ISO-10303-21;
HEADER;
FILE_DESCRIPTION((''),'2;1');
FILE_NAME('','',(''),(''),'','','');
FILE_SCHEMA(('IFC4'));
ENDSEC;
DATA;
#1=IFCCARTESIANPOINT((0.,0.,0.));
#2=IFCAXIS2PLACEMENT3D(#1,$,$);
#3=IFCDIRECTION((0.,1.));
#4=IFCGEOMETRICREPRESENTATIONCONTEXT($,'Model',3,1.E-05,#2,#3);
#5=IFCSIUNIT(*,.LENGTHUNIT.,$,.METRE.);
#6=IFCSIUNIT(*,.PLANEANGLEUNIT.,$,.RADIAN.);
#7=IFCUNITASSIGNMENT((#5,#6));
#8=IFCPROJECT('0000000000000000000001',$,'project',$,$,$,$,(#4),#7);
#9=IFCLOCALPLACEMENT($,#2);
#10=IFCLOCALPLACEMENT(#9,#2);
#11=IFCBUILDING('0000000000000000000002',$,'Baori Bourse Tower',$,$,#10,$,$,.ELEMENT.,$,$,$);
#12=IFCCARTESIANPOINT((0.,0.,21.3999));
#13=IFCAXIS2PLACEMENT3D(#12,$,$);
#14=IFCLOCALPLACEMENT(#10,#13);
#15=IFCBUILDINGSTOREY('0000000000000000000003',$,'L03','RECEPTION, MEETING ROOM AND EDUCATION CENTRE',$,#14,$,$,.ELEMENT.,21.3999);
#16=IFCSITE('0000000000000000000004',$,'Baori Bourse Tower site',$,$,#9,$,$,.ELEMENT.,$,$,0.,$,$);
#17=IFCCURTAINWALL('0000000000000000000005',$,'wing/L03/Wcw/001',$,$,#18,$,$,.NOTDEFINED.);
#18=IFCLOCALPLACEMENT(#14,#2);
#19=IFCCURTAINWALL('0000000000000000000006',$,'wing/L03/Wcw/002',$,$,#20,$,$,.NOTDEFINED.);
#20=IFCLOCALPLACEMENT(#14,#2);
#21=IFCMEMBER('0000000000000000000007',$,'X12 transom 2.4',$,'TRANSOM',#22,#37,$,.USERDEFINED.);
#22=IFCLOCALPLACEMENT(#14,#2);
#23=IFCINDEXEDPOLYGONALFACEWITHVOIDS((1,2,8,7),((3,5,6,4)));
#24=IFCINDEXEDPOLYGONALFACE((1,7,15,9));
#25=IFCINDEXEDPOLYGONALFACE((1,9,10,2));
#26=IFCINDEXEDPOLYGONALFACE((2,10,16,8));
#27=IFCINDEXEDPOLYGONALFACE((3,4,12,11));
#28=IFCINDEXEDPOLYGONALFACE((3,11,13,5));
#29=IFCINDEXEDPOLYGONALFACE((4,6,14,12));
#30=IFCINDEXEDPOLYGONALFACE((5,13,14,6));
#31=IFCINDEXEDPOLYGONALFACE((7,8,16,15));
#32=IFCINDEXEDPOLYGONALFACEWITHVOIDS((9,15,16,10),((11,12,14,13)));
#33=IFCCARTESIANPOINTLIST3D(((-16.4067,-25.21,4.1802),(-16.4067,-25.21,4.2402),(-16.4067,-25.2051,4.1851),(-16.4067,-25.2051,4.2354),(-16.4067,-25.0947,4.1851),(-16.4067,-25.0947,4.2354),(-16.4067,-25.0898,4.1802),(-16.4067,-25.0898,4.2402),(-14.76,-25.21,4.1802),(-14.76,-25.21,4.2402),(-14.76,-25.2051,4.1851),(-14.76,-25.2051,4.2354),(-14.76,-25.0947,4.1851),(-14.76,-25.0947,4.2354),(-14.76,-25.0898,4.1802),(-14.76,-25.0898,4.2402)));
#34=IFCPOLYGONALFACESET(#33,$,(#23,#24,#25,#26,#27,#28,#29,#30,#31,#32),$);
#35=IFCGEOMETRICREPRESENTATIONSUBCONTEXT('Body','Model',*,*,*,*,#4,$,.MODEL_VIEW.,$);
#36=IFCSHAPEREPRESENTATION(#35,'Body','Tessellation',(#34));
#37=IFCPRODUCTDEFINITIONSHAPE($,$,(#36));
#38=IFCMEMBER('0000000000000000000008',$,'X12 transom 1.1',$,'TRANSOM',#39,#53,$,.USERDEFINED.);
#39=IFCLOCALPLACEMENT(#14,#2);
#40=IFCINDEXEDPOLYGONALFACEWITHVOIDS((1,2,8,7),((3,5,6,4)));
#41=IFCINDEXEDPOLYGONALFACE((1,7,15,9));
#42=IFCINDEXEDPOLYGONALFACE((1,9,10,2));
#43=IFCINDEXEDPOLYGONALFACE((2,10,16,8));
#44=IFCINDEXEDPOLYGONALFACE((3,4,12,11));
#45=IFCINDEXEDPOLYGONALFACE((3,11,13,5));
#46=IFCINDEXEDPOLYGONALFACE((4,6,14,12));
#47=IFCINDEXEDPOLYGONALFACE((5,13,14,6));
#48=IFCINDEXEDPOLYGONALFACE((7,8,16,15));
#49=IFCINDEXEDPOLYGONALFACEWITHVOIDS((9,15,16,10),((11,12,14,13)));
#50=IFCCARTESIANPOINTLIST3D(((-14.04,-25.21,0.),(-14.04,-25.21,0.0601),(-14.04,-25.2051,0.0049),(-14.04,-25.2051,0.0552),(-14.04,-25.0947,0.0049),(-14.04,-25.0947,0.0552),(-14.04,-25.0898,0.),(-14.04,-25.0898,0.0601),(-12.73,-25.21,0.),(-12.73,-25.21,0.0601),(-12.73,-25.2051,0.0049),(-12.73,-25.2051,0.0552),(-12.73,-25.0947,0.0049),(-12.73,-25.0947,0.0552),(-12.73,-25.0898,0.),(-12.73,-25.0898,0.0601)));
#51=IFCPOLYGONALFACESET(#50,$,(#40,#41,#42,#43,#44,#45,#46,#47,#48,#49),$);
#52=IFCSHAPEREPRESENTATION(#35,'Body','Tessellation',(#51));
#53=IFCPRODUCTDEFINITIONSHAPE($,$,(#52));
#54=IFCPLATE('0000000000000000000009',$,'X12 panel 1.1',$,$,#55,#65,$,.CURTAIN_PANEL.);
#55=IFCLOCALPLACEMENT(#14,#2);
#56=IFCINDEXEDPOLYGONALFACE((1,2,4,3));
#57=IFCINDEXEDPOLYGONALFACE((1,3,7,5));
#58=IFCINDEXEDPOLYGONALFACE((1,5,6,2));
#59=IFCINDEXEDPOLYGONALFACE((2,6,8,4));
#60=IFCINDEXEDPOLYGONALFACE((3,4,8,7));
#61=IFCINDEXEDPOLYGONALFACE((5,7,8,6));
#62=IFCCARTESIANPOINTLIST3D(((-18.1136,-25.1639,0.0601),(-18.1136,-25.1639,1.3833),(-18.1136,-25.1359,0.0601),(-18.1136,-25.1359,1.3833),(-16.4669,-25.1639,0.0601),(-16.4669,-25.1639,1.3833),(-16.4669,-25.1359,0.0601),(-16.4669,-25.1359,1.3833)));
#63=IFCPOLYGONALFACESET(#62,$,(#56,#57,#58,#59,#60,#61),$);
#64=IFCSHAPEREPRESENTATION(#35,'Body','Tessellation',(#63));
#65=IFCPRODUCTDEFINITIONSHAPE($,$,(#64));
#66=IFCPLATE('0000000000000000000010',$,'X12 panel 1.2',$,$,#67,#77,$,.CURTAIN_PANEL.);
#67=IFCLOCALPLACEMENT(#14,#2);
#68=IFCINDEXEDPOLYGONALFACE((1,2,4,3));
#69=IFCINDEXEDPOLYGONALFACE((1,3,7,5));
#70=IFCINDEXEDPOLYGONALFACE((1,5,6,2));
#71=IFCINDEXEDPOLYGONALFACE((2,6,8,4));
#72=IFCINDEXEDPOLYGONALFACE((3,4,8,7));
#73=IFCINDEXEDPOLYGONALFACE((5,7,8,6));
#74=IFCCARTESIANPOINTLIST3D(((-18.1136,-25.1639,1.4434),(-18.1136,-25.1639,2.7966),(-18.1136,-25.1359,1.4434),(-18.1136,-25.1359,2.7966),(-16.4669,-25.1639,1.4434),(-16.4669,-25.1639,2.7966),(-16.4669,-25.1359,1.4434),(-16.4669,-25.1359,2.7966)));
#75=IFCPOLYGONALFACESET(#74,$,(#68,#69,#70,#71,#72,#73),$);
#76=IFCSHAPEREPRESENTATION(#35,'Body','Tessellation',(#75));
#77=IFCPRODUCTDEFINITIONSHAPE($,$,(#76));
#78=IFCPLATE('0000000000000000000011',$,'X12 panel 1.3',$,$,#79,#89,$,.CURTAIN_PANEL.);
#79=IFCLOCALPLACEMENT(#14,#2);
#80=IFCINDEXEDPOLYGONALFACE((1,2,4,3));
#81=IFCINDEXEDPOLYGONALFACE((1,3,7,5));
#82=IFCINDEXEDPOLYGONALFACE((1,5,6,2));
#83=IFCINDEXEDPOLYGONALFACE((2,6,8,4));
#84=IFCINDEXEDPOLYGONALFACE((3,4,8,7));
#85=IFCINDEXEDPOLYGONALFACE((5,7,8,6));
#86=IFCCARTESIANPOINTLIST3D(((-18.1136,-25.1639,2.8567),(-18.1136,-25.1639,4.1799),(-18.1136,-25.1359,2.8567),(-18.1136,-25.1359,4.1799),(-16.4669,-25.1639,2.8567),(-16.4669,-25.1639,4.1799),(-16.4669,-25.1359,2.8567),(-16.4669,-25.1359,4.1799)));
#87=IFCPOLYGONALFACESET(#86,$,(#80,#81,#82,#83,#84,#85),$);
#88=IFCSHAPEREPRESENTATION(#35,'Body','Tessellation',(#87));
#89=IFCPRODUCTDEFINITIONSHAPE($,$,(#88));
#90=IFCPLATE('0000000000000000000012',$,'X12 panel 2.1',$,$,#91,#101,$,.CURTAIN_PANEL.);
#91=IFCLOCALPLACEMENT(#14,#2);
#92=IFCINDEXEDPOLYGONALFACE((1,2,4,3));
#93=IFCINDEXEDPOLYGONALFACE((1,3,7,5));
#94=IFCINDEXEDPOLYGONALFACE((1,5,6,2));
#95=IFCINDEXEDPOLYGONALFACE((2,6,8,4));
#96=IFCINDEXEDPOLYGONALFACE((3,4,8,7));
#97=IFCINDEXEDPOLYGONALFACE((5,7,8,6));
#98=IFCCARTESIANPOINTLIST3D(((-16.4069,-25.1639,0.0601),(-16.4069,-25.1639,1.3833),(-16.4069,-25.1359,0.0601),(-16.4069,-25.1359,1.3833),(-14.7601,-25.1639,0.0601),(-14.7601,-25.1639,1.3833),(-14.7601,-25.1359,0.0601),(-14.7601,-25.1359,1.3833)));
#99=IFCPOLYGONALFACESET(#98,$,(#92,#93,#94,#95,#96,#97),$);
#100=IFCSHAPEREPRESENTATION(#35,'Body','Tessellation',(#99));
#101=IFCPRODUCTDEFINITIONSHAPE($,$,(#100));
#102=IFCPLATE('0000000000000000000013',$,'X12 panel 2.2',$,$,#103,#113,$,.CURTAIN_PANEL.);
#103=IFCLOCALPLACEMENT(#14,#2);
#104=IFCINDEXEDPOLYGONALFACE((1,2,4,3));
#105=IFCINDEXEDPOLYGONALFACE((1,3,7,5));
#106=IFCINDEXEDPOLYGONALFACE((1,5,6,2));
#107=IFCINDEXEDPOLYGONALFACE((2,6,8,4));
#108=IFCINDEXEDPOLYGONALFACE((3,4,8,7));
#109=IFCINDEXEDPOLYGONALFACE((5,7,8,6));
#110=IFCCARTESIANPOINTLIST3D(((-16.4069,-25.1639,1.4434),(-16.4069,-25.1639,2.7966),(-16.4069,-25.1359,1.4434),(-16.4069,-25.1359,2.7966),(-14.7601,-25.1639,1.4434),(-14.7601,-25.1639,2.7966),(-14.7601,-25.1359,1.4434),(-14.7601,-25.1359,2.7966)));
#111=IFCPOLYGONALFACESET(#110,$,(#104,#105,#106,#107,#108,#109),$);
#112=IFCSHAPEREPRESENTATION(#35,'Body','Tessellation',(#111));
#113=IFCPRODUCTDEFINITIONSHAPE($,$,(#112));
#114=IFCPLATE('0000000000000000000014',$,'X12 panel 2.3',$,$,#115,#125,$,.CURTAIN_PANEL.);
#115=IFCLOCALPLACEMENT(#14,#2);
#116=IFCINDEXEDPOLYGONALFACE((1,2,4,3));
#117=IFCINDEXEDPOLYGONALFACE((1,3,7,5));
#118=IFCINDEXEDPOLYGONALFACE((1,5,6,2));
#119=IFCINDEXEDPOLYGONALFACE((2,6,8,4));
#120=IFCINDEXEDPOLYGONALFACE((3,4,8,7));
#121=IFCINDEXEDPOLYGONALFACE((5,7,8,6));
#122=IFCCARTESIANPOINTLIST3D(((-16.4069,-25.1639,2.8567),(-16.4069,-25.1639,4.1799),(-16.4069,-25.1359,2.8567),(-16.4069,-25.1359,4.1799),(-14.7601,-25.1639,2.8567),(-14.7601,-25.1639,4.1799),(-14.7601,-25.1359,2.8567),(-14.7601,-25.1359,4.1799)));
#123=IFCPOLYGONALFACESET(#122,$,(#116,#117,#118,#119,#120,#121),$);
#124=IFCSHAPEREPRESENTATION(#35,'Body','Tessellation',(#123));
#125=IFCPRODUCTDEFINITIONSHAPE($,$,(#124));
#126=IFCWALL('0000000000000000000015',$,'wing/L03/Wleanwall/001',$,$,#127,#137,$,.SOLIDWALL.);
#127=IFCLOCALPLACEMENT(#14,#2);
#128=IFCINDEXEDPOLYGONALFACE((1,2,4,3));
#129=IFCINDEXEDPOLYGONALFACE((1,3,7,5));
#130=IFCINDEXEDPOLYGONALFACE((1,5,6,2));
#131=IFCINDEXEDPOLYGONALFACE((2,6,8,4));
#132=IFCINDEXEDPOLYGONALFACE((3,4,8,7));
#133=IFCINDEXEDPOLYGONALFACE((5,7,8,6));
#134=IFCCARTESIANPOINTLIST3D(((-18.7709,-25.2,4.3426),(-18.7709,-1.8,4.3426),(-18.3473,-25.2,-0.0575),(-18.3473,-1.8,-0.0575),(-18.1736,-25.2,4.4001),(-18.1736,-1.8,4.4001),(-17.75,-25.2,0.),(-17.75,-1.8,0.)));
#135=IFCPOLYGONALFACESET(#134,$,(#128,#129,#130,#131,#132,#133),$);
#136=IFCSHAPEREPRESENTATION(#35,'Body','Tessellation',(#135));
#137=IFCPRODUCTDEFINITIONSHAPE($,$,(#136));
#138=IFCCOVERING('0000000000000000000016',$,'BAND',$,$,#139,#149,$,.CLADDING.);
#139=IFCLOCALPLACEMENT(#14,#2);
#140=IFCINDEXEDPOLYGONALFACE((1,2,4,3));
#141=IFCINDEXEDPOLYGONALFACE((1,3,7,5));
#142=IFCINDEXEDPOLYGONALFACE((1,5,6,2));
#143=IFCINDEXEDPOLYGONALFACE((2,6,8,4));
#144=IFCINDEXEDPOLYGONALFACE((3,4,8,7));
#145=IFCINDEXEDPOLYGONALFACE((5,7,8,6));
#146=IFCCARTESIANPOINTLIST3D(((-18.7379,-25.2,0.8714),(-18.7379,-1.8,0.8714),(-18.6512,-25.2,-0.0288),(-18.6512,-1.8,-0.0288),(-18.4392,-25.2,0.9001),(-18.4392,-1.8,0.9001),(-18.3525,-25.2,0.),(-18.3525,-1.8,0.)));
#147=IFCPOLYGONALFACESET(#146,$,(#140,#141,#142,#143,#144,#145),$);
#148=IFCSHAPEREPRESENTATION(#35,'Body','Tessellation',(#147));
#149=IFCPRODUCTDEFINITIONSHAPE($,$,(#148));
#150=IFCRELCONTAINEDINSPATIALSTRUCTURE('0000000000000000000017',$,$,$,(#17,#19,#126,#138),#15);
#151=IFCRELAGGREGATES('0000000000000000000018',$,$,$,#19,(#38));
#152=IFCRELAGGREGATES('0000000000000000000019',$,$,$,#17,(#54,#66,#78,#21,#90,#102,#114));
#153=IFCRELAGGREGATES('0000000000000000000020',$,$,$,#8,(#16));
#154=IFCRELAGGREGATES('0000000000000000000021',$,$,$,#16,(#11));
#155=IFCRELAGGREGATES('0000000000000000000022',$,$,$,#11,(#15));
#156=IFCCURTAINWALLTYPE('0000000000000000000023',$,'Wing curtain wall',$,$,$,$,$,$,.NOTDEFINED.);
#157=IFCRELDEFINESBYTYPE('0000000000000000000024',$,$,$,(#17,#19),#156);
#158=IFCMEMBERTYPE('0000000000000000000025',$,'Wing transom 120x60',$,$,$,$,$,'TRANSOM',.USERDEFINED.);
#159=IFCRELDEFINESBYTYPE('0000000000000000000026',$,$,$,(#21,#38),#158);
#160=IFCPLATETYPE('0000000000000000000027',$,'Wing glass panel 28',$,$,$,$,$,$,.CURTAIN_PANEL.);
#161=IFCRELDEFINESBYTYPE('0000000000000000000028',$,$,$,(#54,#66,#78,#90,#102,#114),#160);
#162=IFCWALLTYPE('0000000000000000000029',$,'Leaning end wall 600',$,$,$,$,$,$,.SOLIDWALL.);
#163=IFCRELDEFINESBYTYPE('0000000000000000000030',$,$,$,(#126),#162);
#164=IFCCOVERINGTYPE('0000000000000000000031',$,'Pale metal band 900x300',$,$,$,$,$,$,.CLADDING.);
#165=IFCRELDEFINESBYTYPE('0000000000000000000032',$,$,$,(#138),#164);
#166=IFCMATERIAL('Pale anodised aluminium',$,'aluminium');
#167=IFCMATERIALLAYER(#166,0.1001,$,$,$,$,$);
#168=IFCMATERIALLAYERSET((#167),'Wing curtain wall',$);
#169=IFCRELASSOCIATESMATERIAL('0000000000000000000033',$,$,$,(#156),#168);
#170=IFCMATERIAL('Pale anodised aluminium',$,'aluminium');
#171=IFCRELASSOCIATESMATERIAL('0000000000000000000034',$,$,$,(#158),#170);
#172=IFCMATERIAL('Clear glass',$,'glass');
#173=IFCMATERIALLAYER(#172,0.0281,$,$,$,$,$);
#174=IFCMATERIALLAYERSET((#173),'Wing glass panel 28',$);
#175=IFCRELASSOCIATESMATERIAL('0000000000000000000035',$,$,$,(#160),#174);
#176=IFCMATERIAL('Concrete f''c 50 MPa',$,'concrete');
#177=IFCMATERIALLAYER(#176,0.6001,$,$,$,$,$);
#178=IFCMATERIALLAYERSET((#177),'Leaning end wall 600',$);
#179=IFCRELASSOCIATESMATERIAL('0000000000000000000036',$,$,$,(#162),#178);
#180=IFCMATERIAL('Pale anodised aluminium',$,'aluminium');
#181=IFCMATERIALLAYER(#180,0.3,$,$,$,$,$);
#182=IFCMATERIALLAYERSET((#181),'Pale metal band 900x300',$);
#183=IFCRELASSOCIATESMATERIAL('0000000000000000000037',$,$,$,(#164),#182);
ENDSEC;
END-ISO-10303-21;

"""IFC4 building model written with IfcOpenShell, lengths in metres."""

from ifc_helpers import new_model, si_unit, direction, frame, origin, origin_2d, place, context, subcontext, project, spatial, polyline, rectangle, hollow_rectangle, outline, extrude, material, layer, layer_set, material_profile, profile_set, type_object, element, aggregate, save


model = new_model("IFC4")

# Units and contexts
model_context = context("Model", 3, precision=1e-05, world=origin(), true_north=direction((0.0, 1.0)))
body_context = subcontext(model_context, "Body", "Model", "MODEL_VIEW")
ifc_project = project(units=[si_unit("LENGTHUNIT", "METRE"), si_unit("PLANEANGLEUNIT", "RADIAN")], contexts=[model_context])

# Site, building, storey
site_placement = place(None, origin())
site = spatial("IfcSite", under=ifc_project, at=site_placement, Name="Baori Bourse Tower site", CompositionType="ELEMENT", RefElevation=0.0)
building_placement = place(site_placement, origin())
building = spatial("IfcBuilding", under=site, at=building_placement, Name="Baori Bourse Tower", CompositionType="ELEMENT")
storey_placement = place(building_placement, frame((0.0, 0.0, 21.3999)))
storey = spatial("IfcBuildingStorey", under=building, at=storey_placement, Name="L03", Description="RECEPTION, MEETING ROOM AND EDUCATION CENTRE", CompositionType="ELEMENT", Elevation=21.3999)

# Curtain wall
ifc_material_1 = material(Name="Pale anodised aluminium", Category="aluminium")
ifc_layer_1 = layer(ifc_material_1, 0.1001)
ifc_layer_set_1 = layer_set([ifc_layer_1], Name="Wing curtain wall")
curtain_wall_type = type_object("IfcCurtainWallType", Name="Wing curtain wall", PredefinedType="NOTDEFINED", material=ifc_layer_set_1)
curtain_wall_1_placement = place(storey_placement, origin())
curtain_wall_1 = element("IfcCurtainWall", 1, at=curtain_wall_1_placement, inside=storey, type_object=curtain_wall_type, Name="wing/L03/Wcw/001", PredefinedType="NOTDEFINED")

# Curtain wall
curtain_wall_2_placement = place(storey_placement, origin())
curtain_wall_2 = element("IfcCurtainWall", 2, at=curtain_wall_2_placement, inside=storey, type_object=curtain_wall_type, Name="wing/L03/Wcw/002", PredefinedType="NOTDEFINED")

# Members
ifc_material_2 = material(Name="Pale anodised aluminium", Category="aluminium")
ifc_material_profile_1 = material_profile(ifc_material_2, hollow_rectangle(XDim=0.1201, YDim=0.0601, WallThickness=0.0049, at=origin_2d()), Name="Transom 120x60x5")
ifc_profile_set_1 = profile_set([ifc_material_profile_1], Name="Pale anodised aluminium")
member_type_1 = type_object("IfcMemberType", Name="Wing transom 120x60", ElementType="TRANSOM", PredefinedType="USERDEFINED", material=ifc_profile_set_1)
member_1_placement = place(storey_placement, frame((-16.4067, -25.1499, 4.2102), z_axis=(1.0, 0.0, 0.0), x_axis=(0.0, 1.0, 0.0)))
member_1 = element("IfcMember", 3, at=member_1_placement, type_object=member_type_1, Name="X12 transom 2.4", ObjectType="TRANSOM", PredefinedType="USERDEFINED", context=body_context, shape_type="SweptSolid", body=[
    extrude(hollow_rectangle(XDim=0.1201, YDim=0.0601, WallThickness=0.0049, at=origin_2d()), origin(), (0.0, 0.0, 1.0), 1.6467),
])
member_2_placement = place(storey_placement, frame((-14.04, -25.1499, 0.03), z_axis=(1.0, 0.0, 0.0), x_axis=(0.0, 1.0, 0.0)))
member_2 = element("IfcMember", 4, at=member_2_placement, type_object=member_type_1, Name="X12 transom 1.1", ObjectType="TRANSOM", PredefinedType="USERDEFINED", context=body_context, shape_type="SweptSolid", body=[
    extrude(hollow_rectangle(XDim=0.1201, YDim=0.0601, WallThickness=0.0049, at=origin_2d()), origin(), (0.0, 0.0, 1.0), 1.3101),
])
aggregate(curtain_wall_2, [member_2])

# Plates
ifc_material_3 = material(Name="Clear glass", Category="glass")
ifc_layer_2 = layer(ifc_material_3, 0.0281)
ifc_layer_set_2 = layer_set([ifc_layer_2], Name="Wing glass panel 28")
plate_type = type_object("IfcPlateType", Name="Wing glass panel 28", PredefinedType="CURTAIN_PANEL", material=ifc_layer_set_2)
plate_1_placement = place(storey_placement, frame((-17.2903, -25.1499, 0.0601), z_axis=(0.0, 0.0, 1.0), x_axis=(1.0, 0.0, 0.0)))
plate_1 = element("IfcPlate", 5, at=plate_1_placement, type_object=plate_type, Name="X12 panel 1.1", PredefinedType="CURTAIN_PANEL", context=body_context, shape_type="SweptSolid", body=[
    extrude(rectangle(XDim=1.6467, YDim=0.0281, at=origin_2d()), origin(), (0.0, 0.0, 1.0), 1.3232),
])
plate_2_placement = place(storey_placement, frame((-17.2903, -25.1499, 1.4434), z_axis=(0.0, 0.0, 1.0), x_axis=(1.0, 0.0, 0.0)))
plate_2 = element("IfcPlate", 6, at=plate_2_placement, type_object=plate_type, Name="X12 panel 1.2", PredefinedType="CURTAIN_PANEL", context=body_context, shape_type="SweptSolid", body=[
    extrude(rectangle(XDim=1.6467, YDim=0.0281, at=origin_2d()), origin(), (0.0, 0.0, 1.0), 1.3533),
])
plate_3_placement = place(storey_placement, frame((-17.2903, -25.1499, 2.8567), z_axis=(0.0, 0.0, 1.0), x_axis=(1.0, 0.0, 0.0)))
plate_3 = element("IfcPlate", 7, at=plate_3_placement, type_object=plate_type, Name="X12 panel 1.3", PredefinedType="CURTAIN_PANEL", context=body_context, shape_type="SweptSolid", body=[
    extrude(rectangle(XDim=1.6467, YDim=0.0281, at=origin_2d()), origin(), (0.0, 0.0, 1.0), 1.3232),
])
plate_4_placement = place(storey_placement, frame((-15.5835, -25.1499, 0.0601), z_axis=(0.0, 0.0, 1.0), x_axis=(1.0, 0.0, 0.0)))
plate_4 = element("IfcPlate", 8, at=plate_4_placement, type_object=plate_type, Name="X12 panel 2.1", PredefinedType="CURTAIN_PANEL", context=body_context, shape_type="SweptSolid", body=[
    extrude(rectangle(XDim=1.6467, YDim=0.0281, at=origin_2d()), origin(), (0.0, 0.0, 1.0), 1.3232),
])
plate_5_placement = place(storey_placement, frame((-15.5835, -25.1499, 1.4434), z_axis=(0.0, 0.0, 1.0), x_axis=(1.0, 0.0, 0.0)))
plate_5 = element("IfcPlate", 9, at=plate_5_placement, type_object=plate_type, Name="X12 panel 2.2", PredefinedType="CURTAIN_PANEL", context=body_context, shape_type="SweptSolid", body=[
    extrude(rectangle(XDim=1.6467, YDim=0.0281, at=origin_2d()), origin(), (0.0, 0.0, 1.0), 1.3533),
])
plate_6_placement = place(storey_placement, frame((-15.5835, -25.1499, 2.8567), z_axis=(0.0, 0.0, 1.0), x_axis=(1.0, 0.0, 0.0)))
plate_6 = element("IfcPlate", 10, at=plate_6_placement, type_object=plate_type, Name="X12 panel 2.3", PredefinedType="CURTAIN_PANEL", context=body_context, shape_type="SweptSolid", body=[
    extrude(rectangle(XDim=1.6467, YDim=0.0281, at=origin_2d()), origin(), (0.0, 0.0, 1.0), 1.3232),
])
aggregate(curtain_wall_1, [plate_1, plate_2, plate_3, member_1, plate_4, plate_5, plate_6])

# Wall
ifc_material_4 = material(Name="Concrete f'c 50 MPa", Category="concrete")
ifc_layer_3 = layer(ifc_material_4, 0.6001)
ifc_layer_set_3 = layer_set([ifc_layer_3], Name="Leaning end wall 600")
wall_type = type_object("IfcWallType", Name="Leaning end wall 600", PredefinedType="SOLIDWALL", material=ifc_layer_set_3)
wall_placement = place(storey_placement, frame((-17.75, -25.2, 0.0), z_axis=(0.995398, 0.0, 0.095823), x_axis=(0.0, 1.0, 0.0)))
element("IfcWall", 11, at=wall_placement, inside=storey, type_object=wall_type, Name="wing/L03/Wleanwall/001", PredefinedType="SOLIDWALL", context=body_context, shape_type="SweptSolid", body=[
    extrude(outline(polyline([(0.0, 0.0), (23.3999, 0.0), (23.3999, 4.4205), (0.0, 4.4205), (0.0, 0.0)])), origin(), (0.0, 0.0, -1.0), 0.6001),
])

# Covering
ifc_material_5 = material(Name="Pale anodised aluminium", Category="aluminium")
ifc_layer_4 = layer(ifc_material_5, 0.3)
ifc_layer_set_4 = layer_set([ifc_layer_4], Name="Pale metal band 900x300")
covering_type = type_object("IfcCoveringType", Name="Pale metal band 900x300", PredefinedType="CLADDING", material=ifc_layer_set_4)
covering_placement = place(storey_placement, frame((-18.3525, -25.2, 0.0), z_axis=(0.995397, 0.0, 0.095841), x_axis=(0.0, 1.0, 0.0)))
element("IfcCovering", 12, at=covering_placement, inside=storey, type_object=covering_type, Name="BAND", PredefinedType="CLADDING", context=body_context, shape_type="SweptSolid", body=[
    extrude(outline(polyline([(0.0, 0.0), (23.3999, 0.0), (23.3999, 0.9043), (0.0, 0.9043), (0.0, 0.0)])), origin(), (0.0, 0.0, -1.0), 0.3),
])

save(model, "model.ifc")
